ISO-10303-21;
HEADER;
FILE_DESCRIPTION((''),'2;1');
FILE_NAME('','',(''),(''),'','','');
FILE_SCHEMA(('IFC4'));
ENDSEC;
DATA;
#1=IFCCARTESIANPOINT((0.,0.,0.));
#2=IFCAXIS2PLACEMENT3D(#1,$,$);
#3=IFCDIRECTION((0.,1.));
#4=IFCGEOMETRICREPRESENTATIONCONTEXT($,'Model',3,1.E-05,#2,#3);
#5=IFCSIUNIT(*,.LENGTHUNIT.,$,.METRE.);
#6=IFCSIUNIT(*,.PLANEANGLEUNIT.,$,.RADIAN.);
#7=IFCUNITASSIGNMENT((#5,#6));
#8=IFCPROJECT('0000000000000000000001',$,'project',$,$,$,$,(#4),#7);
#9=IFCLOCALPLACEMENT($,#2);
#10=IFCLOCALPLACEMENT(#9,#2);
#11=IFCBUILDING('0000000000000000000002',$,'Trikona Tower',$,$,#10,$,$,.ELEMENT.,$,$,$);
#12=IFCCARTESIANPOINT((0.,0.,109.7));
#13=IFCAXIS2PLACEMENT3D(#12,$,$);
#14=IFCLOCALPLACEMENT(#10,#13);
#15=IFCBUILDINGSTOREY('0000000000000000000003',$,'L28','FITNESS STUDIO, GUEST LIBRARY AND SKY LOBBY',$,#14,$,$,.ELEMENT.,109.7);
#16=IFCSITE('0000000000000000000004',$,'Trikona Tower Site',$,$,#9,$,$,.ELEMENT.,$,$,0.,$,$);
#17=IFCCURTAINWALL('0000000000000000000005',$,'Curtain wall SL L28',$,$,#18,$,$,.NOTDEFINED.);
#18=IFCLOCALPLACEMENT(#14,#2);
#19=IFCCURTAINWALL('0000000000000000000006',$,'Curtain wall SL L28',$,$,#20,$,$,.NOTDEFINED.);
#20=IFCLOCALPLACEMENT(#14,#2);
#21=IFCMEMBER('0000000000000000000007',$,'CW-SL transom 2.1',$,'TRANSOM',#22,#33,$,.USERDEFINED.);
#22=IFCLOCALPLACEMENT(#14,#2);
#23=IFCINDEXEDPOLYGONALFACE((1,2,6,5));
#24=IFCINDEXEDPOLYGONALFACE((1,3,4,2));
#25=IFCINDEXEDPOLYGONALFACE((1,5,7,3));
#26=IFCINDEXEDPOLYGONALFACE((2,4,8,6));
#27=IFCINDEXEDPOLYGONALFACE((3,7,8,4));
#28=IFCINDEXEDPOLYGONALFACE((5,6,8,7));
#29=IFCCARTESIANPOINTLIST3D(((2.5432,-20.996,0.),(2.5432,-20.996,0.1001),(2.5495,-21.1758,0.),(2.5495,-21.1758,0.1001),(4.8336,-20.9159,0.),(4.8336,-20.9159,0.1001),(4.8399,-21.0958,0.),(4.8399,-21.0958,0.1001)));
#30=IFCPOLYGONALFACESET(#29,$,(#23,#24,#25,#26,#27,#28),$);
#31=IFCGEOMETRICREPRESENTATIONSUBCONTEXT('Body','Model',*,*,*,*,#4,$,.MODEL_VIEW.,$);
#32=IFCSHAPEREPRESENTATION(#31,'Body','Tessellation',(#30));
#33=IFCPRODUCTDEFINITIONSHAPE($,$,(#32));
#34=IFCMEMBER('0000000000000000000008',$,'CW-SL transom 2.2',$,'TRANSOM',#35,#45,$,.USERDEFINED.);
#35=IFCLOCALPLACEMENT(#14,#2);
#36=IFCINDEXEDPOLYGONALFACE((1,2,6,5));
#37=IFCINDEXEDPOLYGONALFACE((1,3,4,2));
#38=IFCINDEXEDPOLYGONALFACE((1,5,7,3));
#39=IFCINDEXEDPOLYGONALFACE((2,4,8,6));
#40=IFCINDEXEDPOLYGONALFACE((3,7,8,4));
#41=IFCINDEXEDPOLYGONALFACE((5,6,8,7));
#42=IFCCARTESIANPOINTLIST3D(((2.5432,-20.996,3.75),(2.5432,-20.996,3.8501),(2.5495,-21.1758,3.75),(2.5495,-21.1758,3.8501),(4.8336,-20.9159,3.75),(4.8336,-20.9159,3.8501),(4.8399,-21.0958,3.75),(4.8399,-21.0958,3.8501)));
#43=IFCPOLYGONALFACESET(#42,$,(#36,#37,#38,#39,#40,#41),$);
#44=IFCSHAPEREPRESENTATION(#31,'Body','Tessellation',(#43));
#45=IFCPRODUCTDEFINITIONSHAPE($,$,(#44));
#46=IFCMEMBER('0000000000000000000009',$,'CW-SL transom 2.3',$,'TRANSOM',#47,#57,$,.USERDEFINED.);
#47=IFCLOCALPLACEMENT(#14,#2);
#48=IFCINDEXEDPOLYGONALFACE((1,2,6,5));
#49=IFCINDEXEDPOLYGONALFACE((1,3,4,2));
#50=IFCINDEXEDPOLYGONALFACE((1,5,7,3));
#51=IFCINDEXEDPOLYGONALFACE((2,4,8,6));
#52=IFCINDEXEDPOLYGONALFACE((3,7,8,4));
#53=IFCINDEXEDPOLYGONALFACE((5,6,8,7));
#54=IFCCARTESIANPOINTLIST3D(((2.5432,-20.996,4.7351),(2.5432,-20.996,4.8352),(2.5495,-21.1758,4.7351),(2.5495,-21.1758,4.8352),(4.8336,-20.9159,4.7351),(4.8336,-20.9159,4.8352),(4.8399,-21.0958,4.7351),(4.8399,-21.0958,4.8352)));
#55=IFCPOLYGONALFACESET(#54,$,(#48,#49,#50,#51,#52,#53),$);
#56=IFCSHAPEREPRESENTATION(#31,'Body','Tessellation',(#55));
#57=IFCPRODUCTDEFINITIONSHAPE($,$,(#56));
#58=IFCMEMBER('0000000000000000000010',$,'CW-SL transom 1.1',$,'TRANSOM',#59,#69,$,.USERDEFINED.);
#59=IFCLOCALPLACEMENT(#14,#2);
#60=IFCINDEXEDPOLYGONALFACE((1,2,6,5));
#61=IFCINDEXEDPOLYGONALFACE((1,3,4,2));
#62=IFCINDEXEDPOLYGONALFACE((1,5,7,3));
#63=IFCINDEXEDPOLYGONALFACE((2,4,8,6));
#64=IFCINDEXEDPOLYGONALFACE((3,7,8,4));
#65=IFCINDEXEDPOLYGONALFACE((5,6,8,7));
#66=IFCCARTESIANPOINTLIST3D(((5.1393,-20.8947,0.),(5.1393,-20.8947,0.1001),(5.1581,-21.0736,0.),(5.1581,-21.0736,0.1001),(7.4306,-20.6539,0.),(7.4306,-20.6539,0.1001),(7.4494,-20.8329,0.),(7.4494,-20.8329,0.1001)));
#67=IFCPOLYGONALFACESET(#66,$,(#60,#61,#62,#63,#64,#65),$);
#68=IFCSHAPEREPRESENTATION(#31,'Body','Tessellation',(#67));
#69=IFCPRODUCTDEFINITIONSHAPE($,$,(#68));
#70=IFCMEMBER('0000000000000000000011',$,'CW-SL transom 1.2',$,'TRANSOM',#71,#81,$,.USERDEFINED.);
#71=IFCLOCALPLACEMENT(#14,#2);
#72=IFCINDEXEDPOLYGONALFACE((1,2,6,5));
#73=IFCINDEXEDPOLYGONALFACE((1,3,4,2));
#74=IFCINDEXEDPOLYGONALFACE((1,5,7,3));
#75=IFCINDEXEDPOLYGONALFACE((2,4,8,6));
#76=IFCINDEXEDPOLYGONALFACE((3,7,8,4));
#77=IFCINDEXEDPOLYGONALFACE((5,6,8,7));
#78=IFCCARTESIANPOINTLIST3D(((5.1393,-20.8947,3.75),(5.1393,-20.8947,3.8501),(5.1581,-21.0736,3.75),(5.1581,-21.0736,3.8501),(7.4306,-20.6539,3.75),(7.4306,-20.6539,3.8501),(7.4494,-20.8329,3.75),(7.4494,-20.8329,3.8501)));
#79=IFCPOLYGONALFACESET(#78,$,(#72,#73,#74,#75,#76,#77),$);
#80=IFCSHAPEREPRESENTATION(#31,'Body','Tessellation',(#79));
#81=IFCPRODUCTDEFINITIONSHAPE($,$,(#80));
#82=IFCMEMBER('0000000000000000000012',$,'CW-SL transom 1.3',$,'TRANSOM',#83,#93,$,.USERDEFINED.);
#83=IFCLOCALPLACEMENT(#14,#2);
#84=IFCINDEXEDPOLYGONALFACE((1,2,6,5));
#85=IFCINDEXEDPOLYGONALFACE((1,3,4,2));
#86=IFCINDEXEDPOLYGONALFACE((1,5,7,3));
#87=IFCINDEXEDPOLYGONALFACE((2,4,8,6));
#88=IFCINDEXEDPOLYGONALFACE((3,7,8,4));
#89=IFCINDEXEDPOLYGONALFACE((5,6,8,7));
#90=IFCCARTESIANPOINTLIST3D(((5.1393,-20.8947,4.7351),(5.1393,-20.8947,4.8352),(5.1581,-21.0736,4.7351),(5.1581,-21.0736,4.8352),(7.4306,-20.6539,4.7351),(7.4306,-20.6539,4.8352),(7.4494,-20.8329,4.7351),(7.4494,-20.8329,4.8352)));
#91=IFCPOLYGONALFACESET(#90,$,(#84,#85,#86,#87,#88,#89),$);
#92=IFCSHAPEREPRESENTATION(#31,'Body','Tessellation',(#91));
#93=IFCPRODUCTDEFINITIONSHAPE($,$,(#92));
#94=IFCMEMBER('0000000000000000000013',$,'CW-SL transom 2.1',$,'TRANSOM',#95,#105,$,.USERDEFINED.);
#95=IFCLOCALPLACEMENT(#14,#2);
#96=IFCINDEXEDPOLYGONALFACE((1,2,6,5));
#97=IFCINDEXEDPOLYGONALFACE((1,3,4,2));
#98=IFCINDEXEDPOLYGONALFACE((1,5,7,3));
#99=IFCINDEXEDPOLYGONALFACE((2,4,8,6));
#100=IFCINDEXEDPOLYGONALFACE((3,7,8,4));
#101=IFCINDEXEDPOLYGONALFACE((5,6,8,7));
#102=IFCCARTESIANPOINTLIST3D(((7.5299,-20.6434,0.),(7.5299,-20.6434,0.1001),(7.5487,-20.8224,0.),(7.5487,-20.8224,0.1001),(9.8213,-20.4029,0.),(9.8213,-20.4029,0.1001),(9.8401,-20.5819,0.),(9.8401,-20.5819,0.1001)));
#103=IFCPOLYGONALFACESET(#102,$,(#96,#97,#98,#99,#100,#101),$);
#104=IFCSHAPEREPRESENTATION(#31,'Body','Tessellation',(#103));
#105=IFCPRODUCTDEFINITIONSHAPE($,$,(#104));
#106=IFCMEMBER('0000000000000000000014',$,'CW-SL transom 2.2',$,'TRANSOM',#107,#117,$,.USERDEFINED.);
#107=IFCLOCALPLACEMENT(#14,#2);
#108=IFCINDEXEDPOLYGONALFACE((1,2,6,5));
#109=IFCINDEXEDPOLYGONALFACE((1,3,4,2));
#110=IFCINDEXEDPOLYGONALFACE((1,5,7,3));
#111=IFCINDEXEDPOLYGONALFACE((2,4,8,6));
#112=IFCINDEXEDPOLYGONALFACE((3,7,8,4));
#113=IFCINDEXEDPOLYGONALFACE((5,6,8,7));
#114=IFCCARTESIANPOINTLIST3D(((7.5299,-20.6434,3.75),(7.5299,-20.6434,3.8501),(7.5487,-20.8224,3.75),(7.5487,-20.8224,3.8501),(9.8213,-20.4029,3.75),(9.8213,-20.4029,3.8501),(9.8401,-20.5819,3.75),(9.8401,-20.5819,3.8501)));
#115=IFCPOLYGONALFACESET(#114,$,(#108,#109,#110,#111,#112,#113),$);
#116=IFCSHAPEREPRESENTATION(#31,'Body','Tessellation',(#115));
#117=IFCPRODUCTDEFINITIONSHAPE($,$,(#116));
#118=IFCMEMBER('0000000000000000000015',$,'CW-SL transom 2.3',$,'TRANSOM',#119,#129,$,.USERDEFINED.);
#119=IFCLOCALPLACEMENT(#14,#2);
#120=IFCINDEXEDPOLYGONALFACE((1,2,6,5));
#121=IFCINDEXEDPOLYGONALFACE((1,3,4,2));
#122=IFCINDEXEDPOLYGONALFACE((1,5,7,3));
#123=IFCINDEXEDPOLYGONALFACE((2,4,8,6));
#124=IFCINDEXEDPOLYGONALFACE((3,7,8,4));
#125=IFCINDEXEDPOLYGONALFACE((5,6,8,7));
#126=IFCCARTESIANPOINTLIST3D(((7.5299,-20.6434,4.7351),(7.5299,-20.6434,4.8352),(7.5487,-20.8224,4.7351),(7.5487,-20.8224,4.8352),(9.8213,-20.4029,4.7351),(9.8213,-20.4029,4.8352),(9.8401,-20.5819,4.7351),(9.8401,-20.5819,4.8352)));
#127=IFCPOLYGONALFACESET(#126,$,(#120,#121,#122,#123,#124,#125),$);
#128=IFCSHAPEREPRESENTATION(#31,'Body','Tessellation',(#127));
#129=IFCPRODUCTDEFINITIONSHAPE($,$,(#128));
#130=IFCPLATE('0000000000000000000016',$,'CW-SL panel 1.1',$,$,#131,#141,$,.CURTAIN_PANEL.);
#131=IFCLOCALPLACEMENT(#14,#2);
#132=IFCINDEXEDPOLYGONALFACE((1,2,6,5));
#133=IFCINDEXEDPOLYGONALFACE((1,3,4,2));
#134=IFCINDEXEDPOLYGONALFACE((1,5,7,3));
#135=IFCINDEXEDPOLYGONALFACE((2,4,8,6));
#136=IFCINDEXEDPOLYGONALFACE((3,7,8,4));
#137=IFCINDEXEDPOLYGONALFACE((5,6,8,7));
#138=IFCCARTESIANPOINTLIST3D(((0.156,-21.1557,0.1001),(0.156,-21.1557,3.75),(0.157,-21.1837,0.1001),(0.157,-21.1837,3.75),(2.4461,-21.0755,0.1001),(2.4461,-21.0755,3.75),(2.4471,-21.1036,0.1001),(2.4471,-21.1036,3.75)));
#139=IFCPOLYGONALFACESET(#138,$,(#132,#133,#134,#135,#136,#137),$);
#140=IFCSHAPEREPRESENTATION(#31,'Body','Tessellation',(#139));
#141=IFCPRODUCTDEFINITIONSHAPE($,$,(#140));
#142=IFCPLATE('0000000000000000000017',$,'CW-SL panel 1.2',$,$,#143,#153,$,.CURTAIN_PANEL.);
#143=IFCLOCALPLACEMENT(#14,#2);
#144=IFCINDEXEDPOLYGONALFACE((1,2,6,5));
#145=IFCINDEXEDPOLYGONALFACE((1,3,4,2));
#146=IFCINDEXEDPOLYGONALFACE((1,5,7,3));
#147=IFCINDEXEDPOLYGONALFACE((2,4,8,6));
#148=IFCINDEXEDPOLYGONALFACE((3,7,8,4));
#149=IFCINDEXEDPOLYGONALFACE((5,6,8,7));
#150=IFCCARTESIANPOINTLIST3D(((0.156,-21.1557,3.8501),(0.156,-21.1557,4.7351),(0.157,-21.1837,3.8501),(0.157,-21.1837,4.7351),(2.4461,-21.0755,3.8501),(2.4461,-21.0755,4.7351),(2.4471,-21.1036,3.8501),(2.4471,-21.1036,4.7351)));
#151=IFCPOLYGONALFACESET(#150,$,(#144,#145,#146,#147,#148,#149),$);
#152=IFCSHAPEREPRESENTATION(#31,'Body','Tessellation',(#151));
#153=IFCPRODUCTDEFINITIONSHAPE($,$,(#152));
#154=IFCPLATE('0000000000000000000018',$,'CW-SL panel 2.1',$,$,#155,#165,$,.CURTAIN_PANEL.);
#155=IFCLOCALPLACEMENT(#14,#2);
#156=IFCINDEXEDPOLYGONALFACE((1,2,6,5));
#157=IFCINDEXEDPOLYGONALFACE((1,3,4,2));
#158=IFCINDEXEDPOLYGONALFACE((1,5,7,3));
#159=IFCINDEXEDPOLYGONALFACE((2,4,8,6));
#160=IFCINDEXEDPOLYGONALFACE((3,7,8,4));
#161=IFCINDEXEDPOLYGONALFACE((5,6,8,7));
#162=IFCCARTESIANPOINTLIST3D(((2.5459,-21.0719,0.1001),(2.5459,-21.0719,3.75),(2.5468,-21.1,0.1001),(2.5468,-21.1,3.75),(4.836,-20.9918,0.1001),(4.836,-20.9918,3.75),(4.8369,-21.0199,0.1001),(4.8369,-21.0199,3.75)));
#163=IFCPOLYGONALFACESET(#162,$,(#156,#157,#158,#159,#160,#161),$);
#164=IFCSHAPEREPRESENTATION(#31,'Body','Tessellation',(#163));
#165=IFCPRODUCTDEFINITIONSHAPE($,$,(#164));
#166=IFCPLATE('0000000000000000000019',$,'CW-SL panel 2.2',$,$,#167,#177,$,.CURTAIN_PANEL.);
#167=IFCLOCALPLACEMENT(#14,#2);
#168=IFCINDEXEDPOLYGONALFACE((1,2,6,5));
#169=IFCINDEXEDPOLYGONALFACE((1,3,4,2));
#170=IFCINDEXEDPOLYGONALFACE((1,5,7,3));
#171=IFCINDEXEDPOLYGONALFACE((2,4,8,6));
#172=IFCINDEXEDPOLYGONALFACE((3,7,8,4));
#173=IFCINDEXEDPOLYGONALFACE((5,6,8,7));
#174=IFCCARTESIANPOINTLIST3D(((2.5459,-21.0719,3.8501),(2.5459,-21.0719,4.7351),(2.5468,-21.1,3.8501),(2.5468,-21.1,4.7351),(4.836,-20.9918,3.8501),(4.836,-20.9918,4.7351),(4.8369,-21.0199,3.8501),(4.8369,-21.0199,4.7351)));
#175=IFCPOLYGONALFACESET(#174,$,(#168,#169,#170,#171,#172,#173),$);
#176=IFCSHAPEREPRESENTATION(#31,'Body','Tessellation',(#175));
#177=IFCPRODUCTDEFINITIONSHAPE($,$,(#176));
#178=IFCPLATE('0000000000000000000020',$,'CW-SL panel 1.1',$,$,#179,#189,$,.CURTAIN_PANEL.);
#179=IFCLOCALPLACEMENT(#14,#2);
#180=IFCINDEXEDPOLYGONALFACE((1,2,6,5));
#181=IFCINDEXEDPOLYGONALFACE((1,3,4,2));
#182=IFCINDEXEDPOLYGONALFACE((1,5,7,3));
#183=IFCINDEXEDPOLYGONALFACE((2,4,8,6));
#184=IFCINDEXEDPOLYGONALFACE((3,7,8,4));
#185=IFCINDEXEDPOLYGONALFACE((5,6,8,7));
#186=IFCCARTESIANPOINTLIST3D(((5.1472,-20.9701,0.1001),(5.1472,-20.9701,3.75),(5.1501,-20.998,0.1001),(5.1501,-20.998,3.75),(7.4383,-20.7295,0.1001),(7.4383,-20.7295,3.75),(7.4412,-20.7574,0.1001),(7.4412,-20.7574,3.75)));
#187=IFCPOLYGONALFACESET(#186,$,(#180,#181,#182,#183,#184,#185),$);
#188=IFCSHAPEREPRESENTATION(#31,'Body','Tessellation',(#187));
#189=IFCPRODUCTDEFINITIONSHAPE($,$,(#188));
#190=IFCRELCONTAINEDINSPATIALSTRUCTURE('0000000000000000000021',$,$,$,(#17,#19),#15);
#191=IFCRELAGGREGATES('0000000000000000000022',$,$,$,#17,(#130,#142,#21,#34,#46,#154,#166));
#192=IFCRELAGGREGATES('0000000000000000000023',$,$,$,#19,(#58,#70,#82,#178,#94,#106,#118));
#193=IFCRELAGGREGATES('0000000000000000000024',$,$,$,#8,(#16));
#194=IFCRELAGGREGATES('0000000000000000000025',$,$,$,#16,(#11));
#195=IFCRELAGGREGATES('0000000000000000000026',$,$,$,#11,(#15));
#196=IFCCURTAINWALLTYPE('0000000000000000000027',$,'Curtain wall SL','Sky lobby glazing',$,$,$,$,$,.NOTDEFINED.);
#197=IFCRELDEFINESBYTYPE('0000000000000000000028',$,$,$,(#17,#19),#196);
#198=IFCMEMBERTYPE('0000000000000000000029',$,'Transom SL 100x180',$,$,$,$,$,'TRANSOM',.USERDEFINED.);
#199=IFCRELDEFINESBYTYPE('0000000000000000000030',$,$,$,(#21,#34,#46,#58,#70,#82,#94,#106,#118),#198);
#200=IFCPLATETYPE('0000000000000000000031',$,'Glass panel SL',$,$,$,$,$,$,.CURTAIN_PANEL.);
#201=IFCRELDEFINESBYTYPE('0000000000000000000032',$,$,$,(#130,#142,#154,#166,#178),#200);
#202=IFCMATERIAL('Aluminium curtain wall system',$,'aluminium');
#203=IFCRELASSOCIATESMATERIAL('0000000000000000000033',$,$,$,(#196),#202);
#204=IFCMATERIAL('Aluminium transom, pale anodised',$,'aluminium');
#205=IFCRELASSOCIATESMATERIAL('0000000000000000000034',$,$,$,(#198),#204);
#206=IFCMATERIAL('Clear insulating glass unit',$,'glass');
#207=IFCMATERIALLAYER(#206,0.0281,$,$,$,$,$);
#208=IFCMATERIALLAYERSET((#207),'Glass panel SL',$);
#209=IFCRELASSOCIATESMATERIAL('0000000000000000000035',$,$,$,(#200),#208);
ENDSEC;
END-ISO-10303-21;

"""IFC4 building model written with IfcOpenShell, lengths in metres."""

from ifc_helpers import new_model, si_unit, direction, frame, origin, origin_2d, place, context, subcontext, project, spatial, rectangle, extrude, material, layer, layer_set, material_profile, profile_set, type_object, element, aggregate, save


model = new_model("IFC4")

# Units and contexts
model_context = context("Model", 3, precision=1e-05, world=origin(), true_north=direction((0.0, 1.0)))
body_context = subcontext(model_context, "Body", "Model", "MODEL_VIEW")
ifc_project = project(units=[si_unit("LENGTHUNIT", "METRE"), si_unit("PLANEANGLEUNIT", "RADIAN")], contexts=[model_context])

# Site, building, storey
site_placement = place(None, origin())
site = spatial("IfcSite", under=ifc_project, at=site_placement, Name="Trikona Tower Site", CompositionType="ELEMENT", RefElevation=0.0)
building_placement = place(site_placement, origin())
building = spatial("IfcBuilding", under=site, at=building_placement, Name="Trikona Tower", CompositionType="ELEMENT")
storey_placement = place(building_placement, frame((0.0, 0.0, 109.7)))
storey = spatial("IfcBuildingStorey", under=building, at=storey_placement, Name="L28", Description="FITNESS STUDIO, GUEST LIBRARY AND SKY LOBBY", CompositionType="ELEMENT", Elevation=109.7)

# Curtain walls
ifc_material_1 = material(Name="Aluminium curtain wall system", Category="aluminium")
curtain_wall_type = type_object("IfcCurtainWallType", Name="Curtain wall SL", Description="Sky lobby glazing", PredefinedType="NOTDEFINED", material=ifc_material_1)
curtain_wall_1_placement = place(storey_placement, origin())
curtain_wall_1 = element("IfcCurtainWall", 1, at=curtain_wall_1_placement, inside=storey, type_object=curtain_wall_type, Name="Curtain wall SL L28", PredefinedType="NOTDEFINED")
curtain_wall_2_placement = place(storey_placement, origin())
curtain_wall_2 = element("IfcCurtainWall", 2, at=curtain_wall_2_placement, inside=storey, type_object=curtain_wall_type, Name="Curtain wall SL L28", PredefinedType="NOTDEFINED")

# Members
ifc_material_2 = material(Name="Aluminium transom, pale anodised", Category="aluminium")
ifc_material_profile_1 = material_profile(ifc_material_2, rectangle(XDim=0.1799, YDim=0.1001, at=origin_2d()), Name="TRN-SL")
ifc_profile_set_1 = profile_set([ifc_material_profile_1], Name="Aluminium transom, pale anodised")
member_type_1 = type_object("IfcMemberType", Name="Transom SL 100x180", ElementType="TRANSOM", PredefinedType="USERDEFINED", material=ifc_profile_set_1)
member_1_placement = place(storey_placement, frame((2.5464, -21.0859, 0.05), z_axis=(0.999389, 0.034943, 0.0), x_axis=(-0.034943, 0.999389, 0.0)))
member_1 = element("IfcMember", 3, at=member_1_placement, type_object=member_type_1, Name="CW-SL transom 2.1", ObjectType="TRANSOM", PredefinedType="USERDEFINED", context=body_context, shape_type="SweptSolid", body=[
    extrude(rectangle(XDim=0.1799, YDim=0.1001, at=origin_2d()), origin(), (0.0, 0.0, 1.0), 2.2917),
])
member_2_placement = place(storey_placement, frame((2.5464, -21.0859, 3.8), z_axis=(0.999389, 0.034943, 0.0), x_axis=(-0.034943, 0.999389, 0.0)))
member_2 = element("IfcMember", 4, at=member_2_placement, type_object=member_type_1, Name="CW-SL transom 2.2", ObjectType="TRANSOM", PredefinedType="USERDEFINED", context=body_context, shape_type="SweptSolid", body=[
    extrude(rectangle(XDim=0.1799, YDim=0.1001, at=origin_2d()), origin(), (0.0, 0.0, 1.0), 2.2917),
])
member_3_placement = place(storey_placement, frame((2.5464, -21.0859, 4.7852), z_axis=(0.999389, 0.034943, 0.0), x_axis=(-0.034943, 0.999389, 0.0)))
member_3 = element("IfcMember", 5, at=member_3_placement, type_object=member_type_1, Name="CW-SL transom 2.3", ObjectType="TRANSOM", PredefinedType="USERDEFINED", context=body_context, shape_type="SweptSolid", body=[
    extrude(rectangle(XDim=0.1799, YDim=0.1001, at=origin_2d()), origin(), (0.0, 0.0, 1.0), 2.2917),
])
member_4_placement = place(storey_placement, frame((5.1487, -20.9841, 0.05), z_axis=(0.994526, 0.104486, 0.0), x_axis=(-0.104486, 0.994526, 0.0)))
member_4 = element("IfcMember", 6, at=member_4_placement, type_object=member_type_1, Name="CW-SL transom 1.1", ObjectType="TRANSOM", PredefinedType="USERDEFINED", context=body_context, shape_type="SweptSolid", body=[
    extrude(rectangle(XDim=0.1799, YDim=0.1001, at=origin_2d()), origin(), (0.0, 0.0, 1.0), 2.304),
])
member_5_placement = place(storey_placement, frame((5.1487, -20.9841, 3.8), z_axis=(0.994526, 0.104486, 0.0), x_axis=(-0.104486, 0.994526, 0.0)))
member_5 = element("IfcMember", 7, at=member_5_placement, type_object=member_type_1, Name="CW-SL transom 1.2", ObjectType="TRANSOM", PredefinedType="USERDEFINED", context=body_context, shape_type="SweptSolid", body=[
    extrude(rectangle(XDim=0.1799, YDim=0.1001, at=origin_2d()), origin(), (0.0, 0.0, 1.0), 2.304),
])
member_6_placement = place(storey_placement, frame((5.1487, -20.9841, 4.7852), z_axis=(0.994526, 0.104486, 0.0), x_axis=(-0.104486, 0.994526, 0.0)))
member_6 = element("IfcMember", 8, at=member_6_placement, type_object=member_type_1, Name="CW-SL transom 1.3", ObjectType="TRANSOM", PredefinedType="USERDEFINED", context=body_context, shape_type="SweptSolid", body=[
    extrude(rectangle(XDim=0.1799, YDim=0.1001, at=origin_2d()), origin(), (0.0, 0.0, 1.0), 2.304),
])
member_7_placement = place(storey_placement, frame((7.5393, -20.7329, 0.05), z_axis=(0.994537, 0.104381, 0.0), x_axis=(-0.104381, 0.994537, 0.0)))
member_7 = element("IfcMember", 9, at=member_7_placement, type_object=member_type_1, Name="CW-SL transom 2.1", ObjectType="TRANSOM", PredefinedType="USERDEFINED", context=body_context, shape_type="SweptSolid", body=[
    extrude(rectangle(XDim=0.1799, YDim=0.1001, at=origin_2d()), origin(), (0.0, 0.0, 1.0), 2.304),
])
member_8_placement = place(storey_placement, frame((7.5393, -20.7329, 3.8), z_axis=(0.994537, 0.104381, 0.0), x_axis=(-0.104381, 0.994537, 0.0)))
member_8 = element("IfcMember", 10, at=member_8_placement, type_object=member_type_1, Name="CW-SL transom 2.2", ObjectType="TRANSOM", PredefinedType="USERDEFINED", context=body_context, shape_type="SweptSolid", body=[
    extrude(rectangle(XDim=0.1799, YDim=0.1001, at=origin_2d()), origin(), (0.0, 0.0, 1.0), 2.304),
])
member_9_placement = place(storey_placement, frame((7.5393, -20.7329, 4.7852), z_axis=(0.994537, 0.104381, 0.0), x_axis=(-0.104381, 0.994537, 0.0)))
member_9 = element("IfcMember", 11, at=member_9_placement, type_object=member_type_1, Name="CW-SL transom 2.3", ObjectType="TRANSOM", PredefinedType="USERDEFINED", context=body_context, shape_type="SweptSolid", body=[
    extrude(rectangle(XDim=0.1799, YDim=0.1001, at=origin_2d()), origin(), (0.0, 0.0, 1.0), 2.304),
])

# Plates
ifc_material_3 = material(Name="Clear insulating glass unit", Category="glass")
ifc_layer_1 = layer(ifc_material_3, 0.0281)
ifc_layer_set_1 = layer_set([ifc_layer_1], Name="Glass panel SL")
plate_type = type_object("IfcPlateType", Name="Glass panel SL", PredefinedType="CURTAIN_PANEL", material=ifc_layer_set_1)
plate_1_placement = place(storey_placement, frame((1.3015, -21.1296, 0.1001), z_axis=(0.0, 0.0, 1.0), x_axis=(0.999388, 0.034979, 0.0)))
plate_1 = element("IfcPlate", 12, at=plate_1_placement, type_object=plate_type, Name="CW-SL panel 1.1", PredefinedType="CURTAIN_PANEL", context=body_context, shape_type="SweptSolid", body=[
    extrude(rectangle(XDim=2.2915, YDim=0.0281, at=origin_2d()), origin(), (0.0, 0.0, 1.0), 3.6499),
])
plate_2_placement = place(storey_placement, frame((1.3015, -21.1296, 3.8501), z_axis=(0.0, 0.0, 1.0), x_axis=(0.999388, 0.034979, 0.0)))
plate_2 = element("IfcPlate", 13, at=plate_2_placement, type_object=plate_type, Name="CW-SL panel 1.2", PredefinedType="CURTAIN_PANEL", context=body_context, shape_type="SweptSolid", body=[
    extrude(rectangle(XDim=2.2915, YDim=0.0281, at=origin_2d()), origin(), (0.0, 0.0, 1.0), 0.885),
])
plate_3_placement = place(storey_placement, frame((3.6914, -21.0459, 0.1001), z_axis=(0.0, 0.0, 1.0), x_axis=(0.999388, 0.034979, 0.0)))
plate_3 = element("IfcPlate", 14, at=plate_3_placement, type_object=plate_type, Name="CW-SL panel 2.1", PredefinedType="CURTAIN_PANEL", context=body_context, shape_type="SweptSolid", body=[
    extrude(rectangle(XDim=2.2915, YDim=0.0281, at=origin_2d()), origin(), (0.0, 0.0, 1.0), 3.6499),
])
plate_4_placement = place(storey_placement, frame((3.6914, -21.0459, 3.8501), z_axis=(0.0, 0.0, 1.0), x_axis=(0.999388, 0.034979, 0.0)))
plate_4 = element("IfcPlate", 15, at=plate_4_placement, type_object=plate_type, Name="CW-SL panel 2.2", PredefinedType="CURTAIN_PANEL", context=body_context, shape_type="SweptSolid", body=[
    extrude(rectangle(XDim=2.2915, YDim=0.0281, at=origin_2d()), origin(), (0.0, 0.0, 1.0), 0.885),
])
aggregate(curtain_wall_1, [plate_1, plate_2, member_1, member_2, member_3, plate_3, plate_4])
plate_5_placement = place(storey_placement, frame((6.2942, -20.8638, 0.1001), z_axis=(0.0, 0.0, 1.0), x_axis=(0.994532, 0.104431, 0.0)))
plate_5 = element("IfcPlate", 16, at=plate_5_placement, type_object=plate_type, Name="CW-SL panel 1.1", PredefinedType="CURTAIN_PANEL", context=body_context, shape_type="SweptSolid", body=[
    extrude(rectangle(XDim=2.3037, YDim=0.0281, at=origin_2d()), origin(), (0.0, 0.0, 1.0), 3.6499),
])
aggregate(curtain_wall_2, [member_4, member_5, member_6, plate_5, member_7, member_8, member_9])

save(model, "model.ifc")
